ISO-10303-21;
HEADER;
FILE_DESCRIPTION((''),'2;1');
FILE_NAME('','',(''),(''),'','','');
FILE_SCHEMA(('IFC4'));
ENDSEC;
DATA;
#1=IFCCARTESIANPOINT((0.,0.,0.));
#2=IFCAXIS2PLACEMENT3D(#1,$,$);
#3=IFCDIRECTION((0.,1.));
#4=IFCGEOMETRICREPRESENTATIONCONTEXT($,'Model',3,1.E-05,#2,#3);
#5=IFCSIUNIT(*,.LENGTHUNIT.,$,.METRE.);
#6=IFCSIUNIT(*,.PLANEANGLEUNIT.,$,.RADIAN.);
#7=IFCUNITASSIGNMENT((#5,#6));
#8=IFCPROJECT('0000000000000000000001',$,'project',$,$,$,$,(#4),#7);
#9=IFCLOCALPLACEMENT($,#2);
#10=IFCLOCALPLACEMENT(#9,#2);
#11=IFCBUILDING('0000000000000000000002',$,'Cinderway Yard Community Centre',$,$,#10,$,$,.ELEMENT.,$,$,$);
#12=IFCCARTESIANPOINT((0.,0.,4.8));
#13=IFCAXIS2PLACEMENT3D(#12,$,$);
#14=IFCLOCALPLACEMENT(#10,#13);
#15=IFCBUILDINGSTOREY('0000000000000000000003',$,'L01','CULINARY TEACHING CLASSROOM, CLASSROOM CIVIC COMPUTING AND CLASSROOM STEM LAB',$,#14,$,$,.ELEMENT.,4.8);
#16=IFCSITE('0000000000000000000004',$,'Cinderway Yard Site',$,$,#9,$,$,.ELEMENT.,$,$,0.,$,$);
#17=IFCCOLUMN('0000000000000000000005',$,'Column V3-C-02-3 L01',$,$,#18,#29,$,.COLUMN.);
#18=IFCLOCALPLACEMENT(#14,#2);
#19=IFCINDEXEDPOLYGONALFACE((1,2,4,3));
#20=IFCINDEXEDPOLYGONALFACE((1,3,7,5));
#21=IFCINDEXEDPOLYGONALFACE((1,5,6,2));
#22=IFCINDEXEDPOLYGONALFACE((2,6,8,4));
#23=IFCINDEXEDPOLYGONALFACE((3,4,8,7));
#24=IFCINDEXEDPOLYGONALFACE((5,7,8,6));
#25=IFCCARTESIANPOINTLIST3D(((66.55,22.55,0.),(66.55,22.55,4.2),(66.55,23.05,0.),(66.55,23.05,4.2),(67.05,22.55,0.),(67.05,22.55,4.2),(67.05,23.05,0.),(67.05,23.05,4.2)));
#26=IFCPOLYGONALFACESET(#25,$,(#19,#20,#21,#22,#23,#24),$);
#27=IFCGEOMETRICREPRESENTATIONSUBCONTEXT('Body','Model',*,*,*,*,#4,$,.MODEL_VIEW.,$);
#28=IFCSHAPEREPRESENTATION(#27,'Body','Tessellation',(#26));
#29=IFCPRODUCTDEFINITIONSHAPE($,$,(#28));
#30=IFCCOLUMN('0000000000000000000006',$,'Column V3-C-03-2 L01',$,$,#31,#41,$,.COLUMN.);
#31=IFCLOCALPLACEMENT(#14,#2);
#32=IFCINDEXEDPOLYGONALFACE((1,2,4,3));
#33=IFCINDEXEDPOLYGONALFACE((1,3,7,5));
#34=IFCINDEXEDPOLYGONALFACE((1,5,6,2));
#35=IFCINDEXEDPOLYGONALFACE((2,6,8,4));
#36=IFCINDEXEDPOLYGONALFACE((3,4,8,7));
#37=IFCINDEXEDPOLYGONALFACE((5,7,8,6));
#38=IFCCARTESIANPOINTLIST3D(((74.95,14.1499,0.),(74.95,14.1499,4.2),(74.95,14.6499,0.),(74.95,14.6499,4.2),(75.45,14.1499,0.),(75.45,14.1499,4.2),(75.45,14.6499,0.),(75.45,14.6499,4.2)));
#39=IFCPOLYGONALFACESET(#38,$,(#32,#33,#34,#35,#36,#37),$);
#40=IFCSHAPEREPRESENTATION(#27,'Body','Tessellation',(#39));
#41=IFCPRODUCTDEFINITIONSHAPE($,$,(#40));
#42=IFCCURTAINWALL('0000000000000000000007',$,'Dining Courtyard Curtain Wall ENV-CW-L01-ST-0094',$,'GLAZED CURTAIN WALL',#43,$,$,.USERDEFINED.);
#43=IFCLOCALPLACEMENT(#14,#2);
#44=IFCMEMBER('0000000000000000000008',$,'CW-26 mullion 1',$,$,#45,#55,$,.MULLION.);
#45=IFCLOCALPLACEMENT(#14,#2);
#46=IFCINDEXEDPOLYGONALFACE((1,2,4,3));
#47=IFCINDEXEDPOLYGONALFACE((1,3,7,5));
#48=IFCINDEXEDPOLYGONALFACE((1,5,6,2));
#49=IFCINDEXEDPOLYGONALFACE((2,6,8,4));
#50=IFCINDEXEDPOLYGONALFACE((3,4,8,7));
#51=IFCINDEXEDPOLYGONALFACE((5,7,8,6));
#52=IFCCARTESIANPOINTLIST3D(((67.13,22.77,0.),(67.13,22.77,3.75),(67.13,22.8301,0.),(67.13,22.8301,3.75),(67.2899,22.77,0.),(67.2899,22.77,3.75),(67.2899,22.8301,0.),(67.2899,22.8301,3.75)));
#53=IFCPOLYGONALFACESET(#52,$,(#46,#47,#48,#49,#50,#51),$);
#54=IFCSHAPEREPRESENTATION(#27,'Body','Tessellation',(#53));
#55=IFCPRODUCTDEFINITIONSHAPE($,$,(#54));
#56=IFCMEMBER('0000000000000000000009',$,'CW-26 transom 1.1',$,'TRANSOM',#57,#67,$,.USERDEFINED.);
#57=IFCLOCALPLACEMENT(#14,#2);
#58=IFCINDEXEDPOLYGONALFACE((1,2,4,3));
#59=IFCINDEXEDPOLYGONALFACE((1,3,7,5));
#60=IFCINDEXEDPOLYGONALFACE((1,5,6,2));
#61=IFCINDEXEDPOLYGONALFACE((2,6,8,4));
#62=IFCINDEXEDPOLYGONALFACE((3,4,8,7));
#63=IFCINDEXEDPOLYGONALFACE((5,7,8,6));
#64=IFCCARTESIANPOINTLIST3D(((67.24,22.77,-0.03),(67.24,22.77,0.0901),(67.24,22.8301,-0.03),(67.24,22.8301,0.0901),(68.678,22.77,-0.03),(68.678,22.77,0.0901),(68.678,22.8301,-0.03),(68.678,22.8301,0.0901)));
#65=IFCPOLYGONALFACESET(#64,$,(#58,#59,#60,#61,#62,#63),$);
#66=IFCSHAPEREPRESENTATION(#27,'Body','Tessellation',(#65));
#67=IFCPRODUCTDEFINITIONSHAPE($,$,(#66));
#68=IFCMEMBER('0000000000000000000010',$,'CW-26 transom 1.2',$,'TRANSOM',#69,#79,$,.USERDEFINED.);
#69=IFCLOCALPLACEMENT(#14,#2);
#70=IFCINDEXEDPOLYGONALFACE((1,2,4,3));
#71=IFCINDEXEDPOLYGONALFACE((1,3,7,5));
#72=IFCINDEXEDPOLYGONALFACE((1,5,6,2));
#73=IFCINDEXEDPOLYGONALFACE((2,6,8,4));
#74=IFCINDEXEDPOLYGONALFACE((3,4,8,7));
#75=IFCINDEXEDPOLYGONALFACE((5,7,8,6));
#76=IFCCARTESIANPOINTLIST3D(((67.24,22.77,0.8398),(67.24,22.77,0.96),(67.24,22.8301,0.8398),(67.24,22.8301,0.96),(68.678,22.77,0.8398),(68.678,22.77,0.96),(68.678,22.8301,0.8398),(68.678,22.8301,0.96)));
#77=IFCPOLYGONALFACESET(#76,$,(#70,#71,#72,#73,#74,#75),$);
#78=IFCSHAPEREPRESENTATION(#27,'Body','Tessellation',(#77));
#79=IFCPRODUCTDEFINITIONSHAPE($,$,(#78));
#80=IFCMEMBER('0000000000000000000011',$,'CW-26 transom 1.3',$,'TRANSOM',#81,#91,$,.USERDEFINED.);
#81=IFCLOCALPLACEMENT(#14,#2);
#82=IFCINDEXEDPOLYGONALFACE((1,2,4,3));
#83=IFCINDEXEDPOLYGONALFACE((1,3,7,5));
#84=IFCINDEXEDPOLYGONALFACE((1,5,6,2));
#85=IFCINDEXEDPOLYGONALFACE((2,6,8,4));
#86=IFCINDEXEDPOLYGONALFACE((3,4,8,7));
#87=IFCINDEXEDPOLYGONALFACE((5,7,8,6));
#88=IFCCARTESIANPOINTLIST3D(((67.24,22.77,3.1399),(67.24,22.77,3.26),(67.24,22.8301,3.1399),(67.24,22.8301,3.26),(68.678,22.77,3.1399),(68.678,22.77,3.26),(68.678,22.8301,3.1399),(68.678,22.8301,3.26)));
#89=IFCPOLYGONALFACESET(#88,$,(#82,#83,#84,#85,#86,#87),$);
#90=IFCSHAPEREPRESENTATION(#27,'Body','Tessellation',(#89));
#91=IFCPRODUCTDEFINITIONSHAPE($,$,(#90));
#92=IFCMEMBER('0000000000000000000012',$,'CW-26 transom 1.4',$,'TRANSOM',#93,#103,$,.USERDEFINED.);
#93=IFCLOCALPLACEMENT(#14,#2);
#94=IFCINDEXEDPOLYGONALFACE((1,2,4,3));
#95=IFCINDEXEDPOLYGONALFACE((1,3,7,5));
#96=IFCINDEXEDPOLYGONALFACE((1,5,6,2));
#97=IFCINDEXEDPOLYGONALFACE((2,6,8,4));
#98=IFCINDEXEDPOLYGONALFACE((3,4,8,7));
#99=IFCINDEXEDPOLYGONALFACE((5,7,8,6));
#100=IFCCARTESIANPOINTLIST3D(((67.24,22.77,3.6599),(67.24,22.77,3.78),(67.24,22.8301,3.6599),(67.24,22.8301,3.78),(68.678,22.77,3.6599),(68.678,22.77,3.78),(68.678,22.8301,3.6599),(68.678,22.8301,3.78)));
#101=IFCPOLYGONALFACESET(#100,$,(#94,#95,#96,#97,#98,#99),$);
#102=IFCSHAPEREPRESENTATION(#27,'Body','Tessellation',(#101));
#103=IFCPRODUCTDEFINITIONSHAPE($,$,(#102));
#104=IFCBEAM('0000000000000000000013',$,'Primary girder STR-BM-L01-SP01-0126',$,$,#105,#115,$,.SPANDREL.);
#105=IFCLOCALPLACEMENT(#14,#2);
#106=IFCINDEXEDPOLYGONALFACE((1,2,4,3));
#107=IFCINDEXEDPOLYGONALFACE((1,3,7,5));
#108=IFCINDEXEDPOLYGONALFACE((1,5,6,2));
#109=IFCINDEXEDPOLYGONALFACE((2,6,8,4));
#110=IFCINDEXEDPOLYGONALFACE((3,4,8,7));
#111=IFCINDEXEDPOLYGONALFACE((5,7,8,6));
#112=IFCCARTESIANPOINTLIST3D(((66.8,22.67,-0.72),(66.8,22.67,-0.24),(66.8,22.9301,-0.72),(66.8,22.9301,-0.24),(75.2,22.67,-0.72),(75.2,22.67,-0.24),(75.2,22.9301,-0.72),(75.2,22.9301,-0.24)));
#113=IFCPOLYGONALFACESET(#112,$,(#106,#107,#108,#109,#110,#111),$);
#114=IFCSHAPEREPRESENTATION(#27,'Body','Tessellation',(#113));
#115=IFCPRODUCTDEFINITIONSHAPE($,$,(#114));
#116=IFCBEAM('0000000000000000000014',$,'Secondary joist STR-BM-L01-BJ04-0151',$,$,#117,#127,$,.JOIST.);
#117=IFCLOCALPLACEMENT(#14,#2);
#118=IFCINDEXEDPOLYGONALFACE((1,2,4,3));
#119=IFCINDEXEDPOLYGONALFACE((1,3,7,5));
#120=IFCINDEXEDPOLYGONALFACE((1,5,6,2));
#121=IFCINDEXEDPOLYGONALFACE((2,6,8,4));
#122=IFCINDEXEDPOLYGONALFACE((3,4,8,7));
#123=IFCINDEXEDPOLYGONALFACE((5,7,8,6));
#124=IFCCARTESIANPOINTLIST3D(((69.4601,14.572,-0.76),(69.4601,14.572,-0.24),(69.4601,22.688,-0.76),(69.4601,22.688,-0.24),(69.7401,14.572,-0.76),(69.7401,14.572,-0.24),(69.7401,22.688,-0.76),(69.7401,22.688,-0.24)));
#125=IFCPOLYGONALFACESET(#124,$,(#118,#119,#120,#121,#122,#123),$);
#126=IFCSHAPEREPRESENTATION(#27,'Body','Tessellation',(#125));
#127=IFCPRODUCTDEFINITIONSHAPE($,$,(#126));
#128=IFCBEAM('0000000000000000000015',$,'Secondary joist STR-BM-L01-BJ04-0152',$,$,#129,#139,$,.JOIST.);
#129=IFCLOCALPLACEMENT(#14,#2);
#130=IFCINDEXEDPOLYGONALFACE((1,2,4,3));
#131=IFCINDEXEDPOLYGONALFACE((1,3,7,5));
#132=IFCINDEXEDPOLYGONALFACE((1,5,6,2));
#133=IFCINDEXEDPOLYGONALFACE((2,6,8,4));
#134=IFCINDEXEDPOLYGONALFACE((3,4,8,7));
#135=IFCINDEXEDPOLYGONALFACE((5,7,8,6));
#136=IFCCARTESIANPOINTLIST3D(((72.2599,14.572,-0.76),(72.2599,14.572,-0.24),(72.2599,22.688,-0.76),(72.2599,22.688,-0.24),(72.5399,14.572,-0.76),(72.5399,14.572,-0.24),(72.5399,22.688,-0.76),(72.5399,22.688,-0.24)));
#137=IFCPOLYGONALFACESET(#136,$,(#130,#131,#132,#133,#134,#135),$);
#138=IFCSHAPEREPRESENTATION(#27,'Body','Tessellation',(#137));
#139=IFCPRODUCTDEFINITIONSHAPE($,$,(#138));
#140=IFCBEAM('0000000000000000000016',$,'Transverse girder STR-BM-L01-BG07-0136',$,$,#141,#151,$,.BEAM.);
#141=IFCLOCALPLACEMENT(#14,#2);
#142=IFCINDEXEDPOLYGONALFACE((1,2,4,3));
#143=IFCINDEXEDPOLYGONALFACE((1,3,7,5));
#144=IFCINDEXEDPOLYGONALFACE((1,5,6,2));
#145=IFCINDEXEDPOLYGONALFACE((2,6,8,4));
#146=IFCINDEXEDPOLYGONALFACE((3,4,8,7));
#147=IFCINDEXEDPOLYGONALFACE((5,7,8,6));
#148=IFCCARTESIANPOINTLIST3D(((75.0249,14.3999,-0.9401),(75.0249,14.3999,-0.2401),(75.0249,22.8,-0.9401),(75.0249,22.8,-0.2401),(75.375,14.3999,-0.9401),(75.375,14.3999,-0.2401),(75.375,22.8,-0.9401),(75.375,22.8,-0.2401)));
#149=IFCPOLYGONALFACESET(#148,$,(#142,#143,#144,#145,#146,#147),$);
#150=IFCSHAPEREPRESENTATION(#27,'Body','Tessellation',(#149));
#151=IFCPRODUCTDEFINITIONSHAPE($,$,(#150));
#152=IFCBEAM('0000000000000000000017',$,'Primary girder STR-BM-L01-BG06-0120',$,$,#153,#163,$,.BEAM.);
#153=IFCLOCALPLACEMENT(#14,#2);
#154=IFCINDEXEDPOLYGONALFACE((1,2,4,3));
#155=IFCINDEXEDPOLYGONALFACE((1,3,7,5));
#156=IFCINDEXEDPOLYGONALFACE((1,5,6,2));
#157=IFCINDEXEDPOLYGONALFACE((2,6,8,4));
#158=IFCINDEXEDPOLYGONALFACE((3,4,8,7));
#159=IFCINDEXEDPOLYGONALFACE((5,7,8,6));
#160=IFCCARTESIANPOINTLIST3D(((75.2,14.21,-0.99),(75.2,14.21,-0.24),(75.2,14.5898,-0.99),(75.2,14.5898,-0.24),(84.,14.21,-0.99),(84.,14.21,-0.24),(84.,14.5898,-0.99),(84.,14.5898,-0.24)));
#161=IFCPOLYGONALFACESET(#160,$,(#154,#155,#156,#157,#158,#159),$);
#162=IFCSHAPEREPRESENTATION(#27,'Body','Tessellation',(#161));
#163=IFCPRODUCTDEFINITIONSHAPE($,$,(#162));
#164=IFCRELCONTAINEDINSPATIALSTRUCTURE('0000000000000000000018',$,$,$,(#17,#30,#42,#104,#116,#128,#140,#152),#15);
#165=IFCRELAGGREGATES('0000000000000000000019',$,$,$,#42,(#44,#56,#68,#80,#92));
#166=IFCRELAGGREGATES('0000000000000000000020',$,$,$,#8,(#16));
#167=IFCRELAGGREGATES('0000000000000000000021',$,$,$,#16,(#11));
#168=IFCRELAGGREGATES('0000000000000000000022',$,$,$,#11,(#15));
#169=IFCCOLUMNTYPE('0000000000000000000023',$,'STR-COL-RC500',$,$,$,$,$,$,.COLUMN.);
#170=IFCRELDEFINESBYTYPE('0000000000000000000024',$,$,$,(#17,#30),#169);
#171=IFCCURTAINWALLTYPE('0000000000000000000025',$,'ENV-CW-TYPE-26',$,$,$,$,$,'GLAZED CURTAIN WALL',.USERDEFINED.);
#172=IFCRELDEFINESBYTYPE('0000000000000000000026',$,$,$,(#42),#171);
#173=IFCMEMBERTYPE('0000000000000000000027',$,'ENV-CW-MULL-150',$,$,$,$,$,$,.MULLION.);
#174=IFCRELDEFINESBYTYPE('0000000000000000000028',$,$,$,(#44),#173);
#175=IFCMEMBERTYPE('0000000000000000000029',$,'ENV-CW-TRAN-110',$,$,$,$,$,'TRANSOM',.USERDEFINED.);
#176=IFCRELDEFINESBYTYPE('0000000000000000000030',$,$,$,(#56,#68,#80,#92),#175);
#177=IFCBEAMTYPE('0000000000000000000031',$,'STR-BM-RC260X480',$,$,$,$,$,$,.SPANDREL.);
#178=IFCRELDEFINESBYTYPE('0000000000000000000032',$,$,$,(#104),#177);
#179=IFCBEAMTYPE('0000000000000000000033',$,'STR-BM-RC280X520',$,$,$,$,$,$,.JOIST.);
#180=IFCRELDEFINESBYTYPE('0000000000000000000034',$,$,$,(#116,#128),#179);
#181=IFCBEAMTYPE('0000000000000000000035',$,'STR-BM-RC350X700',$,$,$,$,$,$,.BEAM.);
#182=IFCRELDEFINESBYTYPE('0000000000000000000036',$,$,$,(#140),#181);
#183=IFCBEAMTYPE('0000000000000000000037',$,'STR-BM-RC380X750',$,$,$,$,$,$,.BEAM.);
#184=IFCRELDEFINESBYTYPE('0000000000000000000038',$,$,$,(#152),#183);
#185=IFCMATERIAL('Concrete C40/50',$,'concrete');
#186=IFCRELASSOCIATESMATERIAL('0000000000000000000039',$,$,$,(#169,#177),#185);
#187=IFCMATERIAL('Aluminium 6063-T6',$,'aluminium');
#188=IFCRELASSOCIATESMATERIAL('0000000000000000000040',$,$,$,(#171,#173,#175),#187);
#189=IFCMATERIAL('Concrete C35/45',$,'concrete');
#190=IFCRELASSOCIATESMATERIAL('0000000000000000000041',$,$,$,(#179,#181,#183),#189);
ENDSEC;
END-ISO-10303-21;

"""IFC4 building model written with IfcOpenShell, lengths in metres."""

from ifc_helpers import new_model, si_unit, direction, frame, origin, origin_2d, place, context, subcontext, project, spatial, rectangle, extrude, material, material_profile, profile_set, type_object, element, aggregate, save


model = new_model("IFC4")

# Units and contexts
model_context = context("Model", 3, precision=1e-05, world=origin(), true_north=direction((0.0, 1.0)))
body_context = subcontext(model_context, "Body", "Model", "MODEL_VIEW")
ifc_project = project(units=[si_unit("LENGTHUNIT", "METRE"), si_unit("PLANEANGLEUNIT", "RADIAN")], contexts=[model_context])

# Site, building, storey
site_placement = place(None, origin())
site = spatial("IfcSite", under=ifc_project, at=site_placement, Name="Cinderway Yard Site", CompositionType="ELEMENT", RefElevation=0.0)
building_placement = place(site_placement, origin())
building = spatial("IfcBuilding", under=site, at=building_placement, Name="Cinderway Yard Community Centre", CompositionType="ELEMENT")
storey_placement = place(building_placement, frame((0.0, 0.0, 4.8)))
storey = spatial("IfcBuildingStorey", under=building, at=storey_placement, Name="L01", Description="CULINARY TEACHING CLASSROOM, CLASSROOM CIVIC COMPUTING AND CLASSROOM STEM LAB", CompositionType="ELEMENT", Elevation=4.8)

# Columns
ifc_material_1 = material(Name="Concrete C40/50", Category="concrete")
ifc_material_profile_1 = material_profile(ifc_material_1, rectangle(XDim=0.5, YDim=0.5, at=origin_2d()), Name="Concrete C40/50")
ifc_profile_set_1 = profile_set([ifc_material_profile_1], Name="Concrete C40/50")
column_type = type_object("IfcColumnType", Name="STR-COL-RC500", PredefinedType="COLUMN", material=ifc_profile_set_1)
for number, where, z_axis, x_axis, name in (
    (1, (66.8, 22.8, 0.0), (0.0, 0.0, 1.0), (1.0, 0.0, 0.0), "Column V3-C-02-3 L01"),
    (2, (75.2, 14.3999, 0.0), (0.0, 0.0, 1.0), (1.0, 0.0, 0.0), "Column V3-C-03-2 L01"),
):
    element("IfcColumn", number, at=place(storey_placement, frame(where, z_axis=z_axis, x_axis=x_axis)), inside=storey, type_object=column_type, Name=name, PredefinedType="COLUMN", context=body_context, shape_type="SweptSolid", body=[
        extrude(rectangle(XDim=0.5, YDim=0.5, at=origin_2d()), origin(), (0.0, 0.0, 1.0), 4.2),
    ])

# Curtain wall, members
ifc_material_2 = material(Name="Aluminium 6063-T6", Category="aluminium")
curtain_wall_type = type_object("IfcCurtainWallType", Name="ENV-CW-TYPE-26", ElementType="GLAZED CURTAIN WALL", PredefinedType="USERDEFINED", material=ifc_material_2)
curtain_wall_placement = place(storey_placement, origin())
curtain_wall = element("IfcCurtainWall", 3, at=curtain_wall_placement, inside=storey, type_object=curtain_wall_type, Name="Dining Courtyard Curtain Wall ENV-CW-L01-ST-0094", ObjectType="GLAZED CURTAIN WALL", PredefinedType="USERDEFINED")
ifc_material_profile_2 = material_profile(ifc_material_2, rectangle(XDim=0.0601, YDim=0.1599, at=origin_2d()), Name="Aluminium 6063-T6")
ifc_profile_set_2 = profile_set([ifc_material_profile_2], Name="Aluminium 6063-T6")
member_type_1 = type_object("IfcMemberType", Name="ENV-CW-MULL-150", PredefinedType="MULLION", material=ifc_profile_set_2)
member_1_placement = place(storey_placement, frame((67.21, 22.8, 0.0), z_axis=(0.0, 0.0, 1.0), x_axis=(0.0, 1.0, 0.0)))
member_1 = element("IfcMember", 4, at=member_1_placement, type_object=member_type_1, Name="CW-26 mullion 1", PredefinedType="MULLION", context=body_context, shape_type="SweptSolid", body=[
    extrude(rectangle(XDim=0.0601, YDim=0.1599, at=origin_2d()), origin(), (0.0, 0.0, 1.0), 3.75),
])
ifc_material_profile_3 = material_profile(ifc_material_2, rectangle(XDim=0.0601, YDim=0.1201, at=origin_2d()), Name="Aluminium 6063-T6")
ifc_profile_set_3 = profile_set([ifc_material_profile_3], Name="Aluminium 6063-T6")
member_type_2 = type_object("IfcMemberType", Name="ENV-CW-TRAN-110", ElementType="TRANSOM", PredefinedType="USERDEFINED", material=ifc_profile_set_3)
member_2_placement = place(storey_placement, frame((67.24, 22.8, 0.03), z_axis=(1.0, 0.0, 0.0), x_axis=(0.0, 1.0, 0.0)))
member_2 = element("IfcMember", 5, at=member_2_placement, type_object=member_type_2, Name="CW-26 transom 1.1", ObjectType="TRANSOM", PredefinedType="USERDEFINED", context=body_context, shape_type="SweptSolid", body=[
    extrude(rectangle(XDim=0.0601, YDim=0.1201, at=origin_2d()), origin(), (0.0, 0.0, 1.0), 1.438),
])
member_3_placement = place(storey_placement, frame((67.24, 22.8, 0.8999), z_axis=(1.0, 0.0, 0.0), x_axis=(0.0, 1.0, 0.0)))
member_3 = element("IfcMember", 6, at=member_3_placement, type_object=member_type_2, Name="CW-26 transom 1.2", ObjectType="TRANSOM", PredefinedType="USERDEFINED", context=body_context, shape_type="SweptSolid", body=[
    extrude(rectangle(XDim=0.0601, YDim=0.1201, at=origin_2d()), origin(), (0.0, 0.0, 1.0), 1.438),
])
member_4_placement = place(storey_placement, frame((67.24, 22.8, 3.2), z_axis=(1.0, 0.0, 0.0), x_axis=(0.0, 1.0, 0.0)))
member_4 = element("IfcMember", 7, at=member_4_placement, type_object=member_type_2, Name="CW-26 transom 1.3", ObjectType="TRANSOM", PredefinedType="USERDEFINED", context=body_context, shape_type="SweptSolid", body=[
    extrude(rectangle(XDim=0.0601, YDim=0.1201, at=origin_2d()), origin(), (0.0, 0.0, 1.0), 1.438),
])
member_5_placement = place(storey_placement, frame((67.24, 22.8, 3.72), z_axis=(1.0, 0.0, 0.0), x_axis=(0.0, 1.0, 0.0)))
member_5 = element("IfcMember", 8, at=member_5_placement, type_object=member_type_2, Name="CW-26 transom 1.4", ObjectType="TRANSOM", PredefinedType="USERDEFINED", context=body_context, shape_type="SweptSolid", body=[
    extrude(rectangle(XDim=0.0601, YDim=0.1201, at=origin_2d()), origin(), (0.0, 0.0, 1.0), 1.438),
])

# Beams
ifc_material_profile_4 = material_profile(ifc_material_1, rectangle(XDim=0.26, YDim=0.48, at=origin_2d()), Name="Concrete C40/50")
ifc_profile_set_4 = profile_set([ifc_material_profile_4], Name="Concrete C40/50")
beam_type_1 = type_object("IfcBeamType", Name="STR-BM-RC260X480", PredefinedType="SPANDREL", material=ifc_profile_set_4)
beam_1_placement = place(storey_placement, frame((66.8, 22.8, -0.48), z_axis=(1.0, 0.0, 0.0), x_axis=(0.0, 1.0, 0.0)))
element("IfcBeam", 9, at=beam_1_placement, inside=storey, type_object=beam_type_1, Name="Primary girder STR-BM-L01-SP01-0126", PredefinedType="SPANDREL", context=body_context, shape_type="SweptSolid", body=[
    extrude(rectangle(XDim=0.26, YDim=0.48, at=origin_2d()), origin(), (0.0, 0.0, 1.0), 8.3999),
])
ifc_material_3 = material(Name="Concrete C35/45", Category="concrete")
ifc_material_profile_5 = material_profile(ifc_material_3, rectangle(XDim=0.28, YDim=0.52, at=origin_2d()), Name="Concrete C35/45")
ifc_profile_set_5 = profile_set([ifc_material_profile_5], Name="Concrete C35/45")
beam_type_2 = type_object("IfcBeamType", Name="STR-BM-RC280X520", PredefinedType="JOIST", material=ifc_profile_set_5)
for number, where, z_axis, x_axis, name in (
    (10, (69.6001, 14.572, -0.5), (0.0, 1.0, 0.0), (-1.0, 0.0, 0.0), "Secondary joist STR-BM-L01-BJ04-0151"),
    (11, (72.3999, 14.572, -0.5), (0.0, 1.0, 0.0), (-1.0, 0.0, 0.0), "Secondary joist STR-BM-L01-BJ04-0152"),
):
    element("IfcBeam", number, at=place(storey_placement, frame(where, z_axis=z_axis, x_axis=x_axis)), inside=storey, type_object=beam_type_2, Name=name, PredefinedType="JOIST", context=body_context, shape_type="SweptSolid", body=[
        extrude(rectangle(XDim=0.28, YDim=0.52, at=origin_2d()), origin(), (0.0, 0.0, 1.0), 8.116),
    ])
ifc_material_profile_6 = material_profile(ifc_material_3, rectangle(XDim=0.3501, YDim=0.7, at=origin_2d()), Name="Concrete C35/45")
ifc_profile_set_6 = profile_set([ifc_material_profile_6], Name="Concrete C35/45")
beam_type_3 = type_object("IfcBeamType", Name="STR-BM-RC350X700", PredefinedType="BEAM", material=ifc_profile_set_6)
beam_2_placement = place(storey_placement, frame((75.2, 14.3999, -0.5901), z_axis=(0.0, 1.0, 0.0), x_axis=(-1.0, 0.0, 0.0)))
element("IfcBeam", 12, at=beam_2_placement, inside=storey, type_object=beam_type_3, Name="Transverse girder STR-BM-L01-BG07-0136", PredefinedType="BEAM", context=body_context, shape_type="SweptSolid", body=[
    extrude(rectangle(XDim=0.3501, YDim=0.7, at=origin_2d()), origin(), (0.0, 0.0, 1.0), 8.4001),
])
ifc_material_profile_7 = material_profile(ifc_material_3, rectangle(XDim=0.3799, YDim=0.75, at=origin_2d()), Name="Concrete C35/45")
ifc_profile_set_7 = profile_set([ifc_material_profile_7], Name="Concrete C35/45")
beam_type_4 = type_object("IfcBeamType", Name="STR-BM-RC380X750", PredefinedType="BEAM", material=ifc_profile_set_7)
beam_3_placement = place(storey_placement, frame((75.2, 14.3999, -0.615), z_axis=(1.0, 0.0, 0.0), x_axis=(0.0, 1.0, 0.0)))
element("IfcBeam", 13, at=beam_3_placement, inside=storey, type_object=beam_type_4, Name="Primary girder STR-BM-L01-BG06-0120", PredefinedType="BEAM", context=body_context, shape_type="SweptSolid", body=[
    extrude(rectangle(XDim=0.3799, YDim=0.75, at=origin_2d()), origin(), (0.0, 0.0, 1.0), 8.8),
])

aggregate(curtain_wall, [member_1, member_2, member_3, member_4, member_5])

save(model, "model.ifc")
